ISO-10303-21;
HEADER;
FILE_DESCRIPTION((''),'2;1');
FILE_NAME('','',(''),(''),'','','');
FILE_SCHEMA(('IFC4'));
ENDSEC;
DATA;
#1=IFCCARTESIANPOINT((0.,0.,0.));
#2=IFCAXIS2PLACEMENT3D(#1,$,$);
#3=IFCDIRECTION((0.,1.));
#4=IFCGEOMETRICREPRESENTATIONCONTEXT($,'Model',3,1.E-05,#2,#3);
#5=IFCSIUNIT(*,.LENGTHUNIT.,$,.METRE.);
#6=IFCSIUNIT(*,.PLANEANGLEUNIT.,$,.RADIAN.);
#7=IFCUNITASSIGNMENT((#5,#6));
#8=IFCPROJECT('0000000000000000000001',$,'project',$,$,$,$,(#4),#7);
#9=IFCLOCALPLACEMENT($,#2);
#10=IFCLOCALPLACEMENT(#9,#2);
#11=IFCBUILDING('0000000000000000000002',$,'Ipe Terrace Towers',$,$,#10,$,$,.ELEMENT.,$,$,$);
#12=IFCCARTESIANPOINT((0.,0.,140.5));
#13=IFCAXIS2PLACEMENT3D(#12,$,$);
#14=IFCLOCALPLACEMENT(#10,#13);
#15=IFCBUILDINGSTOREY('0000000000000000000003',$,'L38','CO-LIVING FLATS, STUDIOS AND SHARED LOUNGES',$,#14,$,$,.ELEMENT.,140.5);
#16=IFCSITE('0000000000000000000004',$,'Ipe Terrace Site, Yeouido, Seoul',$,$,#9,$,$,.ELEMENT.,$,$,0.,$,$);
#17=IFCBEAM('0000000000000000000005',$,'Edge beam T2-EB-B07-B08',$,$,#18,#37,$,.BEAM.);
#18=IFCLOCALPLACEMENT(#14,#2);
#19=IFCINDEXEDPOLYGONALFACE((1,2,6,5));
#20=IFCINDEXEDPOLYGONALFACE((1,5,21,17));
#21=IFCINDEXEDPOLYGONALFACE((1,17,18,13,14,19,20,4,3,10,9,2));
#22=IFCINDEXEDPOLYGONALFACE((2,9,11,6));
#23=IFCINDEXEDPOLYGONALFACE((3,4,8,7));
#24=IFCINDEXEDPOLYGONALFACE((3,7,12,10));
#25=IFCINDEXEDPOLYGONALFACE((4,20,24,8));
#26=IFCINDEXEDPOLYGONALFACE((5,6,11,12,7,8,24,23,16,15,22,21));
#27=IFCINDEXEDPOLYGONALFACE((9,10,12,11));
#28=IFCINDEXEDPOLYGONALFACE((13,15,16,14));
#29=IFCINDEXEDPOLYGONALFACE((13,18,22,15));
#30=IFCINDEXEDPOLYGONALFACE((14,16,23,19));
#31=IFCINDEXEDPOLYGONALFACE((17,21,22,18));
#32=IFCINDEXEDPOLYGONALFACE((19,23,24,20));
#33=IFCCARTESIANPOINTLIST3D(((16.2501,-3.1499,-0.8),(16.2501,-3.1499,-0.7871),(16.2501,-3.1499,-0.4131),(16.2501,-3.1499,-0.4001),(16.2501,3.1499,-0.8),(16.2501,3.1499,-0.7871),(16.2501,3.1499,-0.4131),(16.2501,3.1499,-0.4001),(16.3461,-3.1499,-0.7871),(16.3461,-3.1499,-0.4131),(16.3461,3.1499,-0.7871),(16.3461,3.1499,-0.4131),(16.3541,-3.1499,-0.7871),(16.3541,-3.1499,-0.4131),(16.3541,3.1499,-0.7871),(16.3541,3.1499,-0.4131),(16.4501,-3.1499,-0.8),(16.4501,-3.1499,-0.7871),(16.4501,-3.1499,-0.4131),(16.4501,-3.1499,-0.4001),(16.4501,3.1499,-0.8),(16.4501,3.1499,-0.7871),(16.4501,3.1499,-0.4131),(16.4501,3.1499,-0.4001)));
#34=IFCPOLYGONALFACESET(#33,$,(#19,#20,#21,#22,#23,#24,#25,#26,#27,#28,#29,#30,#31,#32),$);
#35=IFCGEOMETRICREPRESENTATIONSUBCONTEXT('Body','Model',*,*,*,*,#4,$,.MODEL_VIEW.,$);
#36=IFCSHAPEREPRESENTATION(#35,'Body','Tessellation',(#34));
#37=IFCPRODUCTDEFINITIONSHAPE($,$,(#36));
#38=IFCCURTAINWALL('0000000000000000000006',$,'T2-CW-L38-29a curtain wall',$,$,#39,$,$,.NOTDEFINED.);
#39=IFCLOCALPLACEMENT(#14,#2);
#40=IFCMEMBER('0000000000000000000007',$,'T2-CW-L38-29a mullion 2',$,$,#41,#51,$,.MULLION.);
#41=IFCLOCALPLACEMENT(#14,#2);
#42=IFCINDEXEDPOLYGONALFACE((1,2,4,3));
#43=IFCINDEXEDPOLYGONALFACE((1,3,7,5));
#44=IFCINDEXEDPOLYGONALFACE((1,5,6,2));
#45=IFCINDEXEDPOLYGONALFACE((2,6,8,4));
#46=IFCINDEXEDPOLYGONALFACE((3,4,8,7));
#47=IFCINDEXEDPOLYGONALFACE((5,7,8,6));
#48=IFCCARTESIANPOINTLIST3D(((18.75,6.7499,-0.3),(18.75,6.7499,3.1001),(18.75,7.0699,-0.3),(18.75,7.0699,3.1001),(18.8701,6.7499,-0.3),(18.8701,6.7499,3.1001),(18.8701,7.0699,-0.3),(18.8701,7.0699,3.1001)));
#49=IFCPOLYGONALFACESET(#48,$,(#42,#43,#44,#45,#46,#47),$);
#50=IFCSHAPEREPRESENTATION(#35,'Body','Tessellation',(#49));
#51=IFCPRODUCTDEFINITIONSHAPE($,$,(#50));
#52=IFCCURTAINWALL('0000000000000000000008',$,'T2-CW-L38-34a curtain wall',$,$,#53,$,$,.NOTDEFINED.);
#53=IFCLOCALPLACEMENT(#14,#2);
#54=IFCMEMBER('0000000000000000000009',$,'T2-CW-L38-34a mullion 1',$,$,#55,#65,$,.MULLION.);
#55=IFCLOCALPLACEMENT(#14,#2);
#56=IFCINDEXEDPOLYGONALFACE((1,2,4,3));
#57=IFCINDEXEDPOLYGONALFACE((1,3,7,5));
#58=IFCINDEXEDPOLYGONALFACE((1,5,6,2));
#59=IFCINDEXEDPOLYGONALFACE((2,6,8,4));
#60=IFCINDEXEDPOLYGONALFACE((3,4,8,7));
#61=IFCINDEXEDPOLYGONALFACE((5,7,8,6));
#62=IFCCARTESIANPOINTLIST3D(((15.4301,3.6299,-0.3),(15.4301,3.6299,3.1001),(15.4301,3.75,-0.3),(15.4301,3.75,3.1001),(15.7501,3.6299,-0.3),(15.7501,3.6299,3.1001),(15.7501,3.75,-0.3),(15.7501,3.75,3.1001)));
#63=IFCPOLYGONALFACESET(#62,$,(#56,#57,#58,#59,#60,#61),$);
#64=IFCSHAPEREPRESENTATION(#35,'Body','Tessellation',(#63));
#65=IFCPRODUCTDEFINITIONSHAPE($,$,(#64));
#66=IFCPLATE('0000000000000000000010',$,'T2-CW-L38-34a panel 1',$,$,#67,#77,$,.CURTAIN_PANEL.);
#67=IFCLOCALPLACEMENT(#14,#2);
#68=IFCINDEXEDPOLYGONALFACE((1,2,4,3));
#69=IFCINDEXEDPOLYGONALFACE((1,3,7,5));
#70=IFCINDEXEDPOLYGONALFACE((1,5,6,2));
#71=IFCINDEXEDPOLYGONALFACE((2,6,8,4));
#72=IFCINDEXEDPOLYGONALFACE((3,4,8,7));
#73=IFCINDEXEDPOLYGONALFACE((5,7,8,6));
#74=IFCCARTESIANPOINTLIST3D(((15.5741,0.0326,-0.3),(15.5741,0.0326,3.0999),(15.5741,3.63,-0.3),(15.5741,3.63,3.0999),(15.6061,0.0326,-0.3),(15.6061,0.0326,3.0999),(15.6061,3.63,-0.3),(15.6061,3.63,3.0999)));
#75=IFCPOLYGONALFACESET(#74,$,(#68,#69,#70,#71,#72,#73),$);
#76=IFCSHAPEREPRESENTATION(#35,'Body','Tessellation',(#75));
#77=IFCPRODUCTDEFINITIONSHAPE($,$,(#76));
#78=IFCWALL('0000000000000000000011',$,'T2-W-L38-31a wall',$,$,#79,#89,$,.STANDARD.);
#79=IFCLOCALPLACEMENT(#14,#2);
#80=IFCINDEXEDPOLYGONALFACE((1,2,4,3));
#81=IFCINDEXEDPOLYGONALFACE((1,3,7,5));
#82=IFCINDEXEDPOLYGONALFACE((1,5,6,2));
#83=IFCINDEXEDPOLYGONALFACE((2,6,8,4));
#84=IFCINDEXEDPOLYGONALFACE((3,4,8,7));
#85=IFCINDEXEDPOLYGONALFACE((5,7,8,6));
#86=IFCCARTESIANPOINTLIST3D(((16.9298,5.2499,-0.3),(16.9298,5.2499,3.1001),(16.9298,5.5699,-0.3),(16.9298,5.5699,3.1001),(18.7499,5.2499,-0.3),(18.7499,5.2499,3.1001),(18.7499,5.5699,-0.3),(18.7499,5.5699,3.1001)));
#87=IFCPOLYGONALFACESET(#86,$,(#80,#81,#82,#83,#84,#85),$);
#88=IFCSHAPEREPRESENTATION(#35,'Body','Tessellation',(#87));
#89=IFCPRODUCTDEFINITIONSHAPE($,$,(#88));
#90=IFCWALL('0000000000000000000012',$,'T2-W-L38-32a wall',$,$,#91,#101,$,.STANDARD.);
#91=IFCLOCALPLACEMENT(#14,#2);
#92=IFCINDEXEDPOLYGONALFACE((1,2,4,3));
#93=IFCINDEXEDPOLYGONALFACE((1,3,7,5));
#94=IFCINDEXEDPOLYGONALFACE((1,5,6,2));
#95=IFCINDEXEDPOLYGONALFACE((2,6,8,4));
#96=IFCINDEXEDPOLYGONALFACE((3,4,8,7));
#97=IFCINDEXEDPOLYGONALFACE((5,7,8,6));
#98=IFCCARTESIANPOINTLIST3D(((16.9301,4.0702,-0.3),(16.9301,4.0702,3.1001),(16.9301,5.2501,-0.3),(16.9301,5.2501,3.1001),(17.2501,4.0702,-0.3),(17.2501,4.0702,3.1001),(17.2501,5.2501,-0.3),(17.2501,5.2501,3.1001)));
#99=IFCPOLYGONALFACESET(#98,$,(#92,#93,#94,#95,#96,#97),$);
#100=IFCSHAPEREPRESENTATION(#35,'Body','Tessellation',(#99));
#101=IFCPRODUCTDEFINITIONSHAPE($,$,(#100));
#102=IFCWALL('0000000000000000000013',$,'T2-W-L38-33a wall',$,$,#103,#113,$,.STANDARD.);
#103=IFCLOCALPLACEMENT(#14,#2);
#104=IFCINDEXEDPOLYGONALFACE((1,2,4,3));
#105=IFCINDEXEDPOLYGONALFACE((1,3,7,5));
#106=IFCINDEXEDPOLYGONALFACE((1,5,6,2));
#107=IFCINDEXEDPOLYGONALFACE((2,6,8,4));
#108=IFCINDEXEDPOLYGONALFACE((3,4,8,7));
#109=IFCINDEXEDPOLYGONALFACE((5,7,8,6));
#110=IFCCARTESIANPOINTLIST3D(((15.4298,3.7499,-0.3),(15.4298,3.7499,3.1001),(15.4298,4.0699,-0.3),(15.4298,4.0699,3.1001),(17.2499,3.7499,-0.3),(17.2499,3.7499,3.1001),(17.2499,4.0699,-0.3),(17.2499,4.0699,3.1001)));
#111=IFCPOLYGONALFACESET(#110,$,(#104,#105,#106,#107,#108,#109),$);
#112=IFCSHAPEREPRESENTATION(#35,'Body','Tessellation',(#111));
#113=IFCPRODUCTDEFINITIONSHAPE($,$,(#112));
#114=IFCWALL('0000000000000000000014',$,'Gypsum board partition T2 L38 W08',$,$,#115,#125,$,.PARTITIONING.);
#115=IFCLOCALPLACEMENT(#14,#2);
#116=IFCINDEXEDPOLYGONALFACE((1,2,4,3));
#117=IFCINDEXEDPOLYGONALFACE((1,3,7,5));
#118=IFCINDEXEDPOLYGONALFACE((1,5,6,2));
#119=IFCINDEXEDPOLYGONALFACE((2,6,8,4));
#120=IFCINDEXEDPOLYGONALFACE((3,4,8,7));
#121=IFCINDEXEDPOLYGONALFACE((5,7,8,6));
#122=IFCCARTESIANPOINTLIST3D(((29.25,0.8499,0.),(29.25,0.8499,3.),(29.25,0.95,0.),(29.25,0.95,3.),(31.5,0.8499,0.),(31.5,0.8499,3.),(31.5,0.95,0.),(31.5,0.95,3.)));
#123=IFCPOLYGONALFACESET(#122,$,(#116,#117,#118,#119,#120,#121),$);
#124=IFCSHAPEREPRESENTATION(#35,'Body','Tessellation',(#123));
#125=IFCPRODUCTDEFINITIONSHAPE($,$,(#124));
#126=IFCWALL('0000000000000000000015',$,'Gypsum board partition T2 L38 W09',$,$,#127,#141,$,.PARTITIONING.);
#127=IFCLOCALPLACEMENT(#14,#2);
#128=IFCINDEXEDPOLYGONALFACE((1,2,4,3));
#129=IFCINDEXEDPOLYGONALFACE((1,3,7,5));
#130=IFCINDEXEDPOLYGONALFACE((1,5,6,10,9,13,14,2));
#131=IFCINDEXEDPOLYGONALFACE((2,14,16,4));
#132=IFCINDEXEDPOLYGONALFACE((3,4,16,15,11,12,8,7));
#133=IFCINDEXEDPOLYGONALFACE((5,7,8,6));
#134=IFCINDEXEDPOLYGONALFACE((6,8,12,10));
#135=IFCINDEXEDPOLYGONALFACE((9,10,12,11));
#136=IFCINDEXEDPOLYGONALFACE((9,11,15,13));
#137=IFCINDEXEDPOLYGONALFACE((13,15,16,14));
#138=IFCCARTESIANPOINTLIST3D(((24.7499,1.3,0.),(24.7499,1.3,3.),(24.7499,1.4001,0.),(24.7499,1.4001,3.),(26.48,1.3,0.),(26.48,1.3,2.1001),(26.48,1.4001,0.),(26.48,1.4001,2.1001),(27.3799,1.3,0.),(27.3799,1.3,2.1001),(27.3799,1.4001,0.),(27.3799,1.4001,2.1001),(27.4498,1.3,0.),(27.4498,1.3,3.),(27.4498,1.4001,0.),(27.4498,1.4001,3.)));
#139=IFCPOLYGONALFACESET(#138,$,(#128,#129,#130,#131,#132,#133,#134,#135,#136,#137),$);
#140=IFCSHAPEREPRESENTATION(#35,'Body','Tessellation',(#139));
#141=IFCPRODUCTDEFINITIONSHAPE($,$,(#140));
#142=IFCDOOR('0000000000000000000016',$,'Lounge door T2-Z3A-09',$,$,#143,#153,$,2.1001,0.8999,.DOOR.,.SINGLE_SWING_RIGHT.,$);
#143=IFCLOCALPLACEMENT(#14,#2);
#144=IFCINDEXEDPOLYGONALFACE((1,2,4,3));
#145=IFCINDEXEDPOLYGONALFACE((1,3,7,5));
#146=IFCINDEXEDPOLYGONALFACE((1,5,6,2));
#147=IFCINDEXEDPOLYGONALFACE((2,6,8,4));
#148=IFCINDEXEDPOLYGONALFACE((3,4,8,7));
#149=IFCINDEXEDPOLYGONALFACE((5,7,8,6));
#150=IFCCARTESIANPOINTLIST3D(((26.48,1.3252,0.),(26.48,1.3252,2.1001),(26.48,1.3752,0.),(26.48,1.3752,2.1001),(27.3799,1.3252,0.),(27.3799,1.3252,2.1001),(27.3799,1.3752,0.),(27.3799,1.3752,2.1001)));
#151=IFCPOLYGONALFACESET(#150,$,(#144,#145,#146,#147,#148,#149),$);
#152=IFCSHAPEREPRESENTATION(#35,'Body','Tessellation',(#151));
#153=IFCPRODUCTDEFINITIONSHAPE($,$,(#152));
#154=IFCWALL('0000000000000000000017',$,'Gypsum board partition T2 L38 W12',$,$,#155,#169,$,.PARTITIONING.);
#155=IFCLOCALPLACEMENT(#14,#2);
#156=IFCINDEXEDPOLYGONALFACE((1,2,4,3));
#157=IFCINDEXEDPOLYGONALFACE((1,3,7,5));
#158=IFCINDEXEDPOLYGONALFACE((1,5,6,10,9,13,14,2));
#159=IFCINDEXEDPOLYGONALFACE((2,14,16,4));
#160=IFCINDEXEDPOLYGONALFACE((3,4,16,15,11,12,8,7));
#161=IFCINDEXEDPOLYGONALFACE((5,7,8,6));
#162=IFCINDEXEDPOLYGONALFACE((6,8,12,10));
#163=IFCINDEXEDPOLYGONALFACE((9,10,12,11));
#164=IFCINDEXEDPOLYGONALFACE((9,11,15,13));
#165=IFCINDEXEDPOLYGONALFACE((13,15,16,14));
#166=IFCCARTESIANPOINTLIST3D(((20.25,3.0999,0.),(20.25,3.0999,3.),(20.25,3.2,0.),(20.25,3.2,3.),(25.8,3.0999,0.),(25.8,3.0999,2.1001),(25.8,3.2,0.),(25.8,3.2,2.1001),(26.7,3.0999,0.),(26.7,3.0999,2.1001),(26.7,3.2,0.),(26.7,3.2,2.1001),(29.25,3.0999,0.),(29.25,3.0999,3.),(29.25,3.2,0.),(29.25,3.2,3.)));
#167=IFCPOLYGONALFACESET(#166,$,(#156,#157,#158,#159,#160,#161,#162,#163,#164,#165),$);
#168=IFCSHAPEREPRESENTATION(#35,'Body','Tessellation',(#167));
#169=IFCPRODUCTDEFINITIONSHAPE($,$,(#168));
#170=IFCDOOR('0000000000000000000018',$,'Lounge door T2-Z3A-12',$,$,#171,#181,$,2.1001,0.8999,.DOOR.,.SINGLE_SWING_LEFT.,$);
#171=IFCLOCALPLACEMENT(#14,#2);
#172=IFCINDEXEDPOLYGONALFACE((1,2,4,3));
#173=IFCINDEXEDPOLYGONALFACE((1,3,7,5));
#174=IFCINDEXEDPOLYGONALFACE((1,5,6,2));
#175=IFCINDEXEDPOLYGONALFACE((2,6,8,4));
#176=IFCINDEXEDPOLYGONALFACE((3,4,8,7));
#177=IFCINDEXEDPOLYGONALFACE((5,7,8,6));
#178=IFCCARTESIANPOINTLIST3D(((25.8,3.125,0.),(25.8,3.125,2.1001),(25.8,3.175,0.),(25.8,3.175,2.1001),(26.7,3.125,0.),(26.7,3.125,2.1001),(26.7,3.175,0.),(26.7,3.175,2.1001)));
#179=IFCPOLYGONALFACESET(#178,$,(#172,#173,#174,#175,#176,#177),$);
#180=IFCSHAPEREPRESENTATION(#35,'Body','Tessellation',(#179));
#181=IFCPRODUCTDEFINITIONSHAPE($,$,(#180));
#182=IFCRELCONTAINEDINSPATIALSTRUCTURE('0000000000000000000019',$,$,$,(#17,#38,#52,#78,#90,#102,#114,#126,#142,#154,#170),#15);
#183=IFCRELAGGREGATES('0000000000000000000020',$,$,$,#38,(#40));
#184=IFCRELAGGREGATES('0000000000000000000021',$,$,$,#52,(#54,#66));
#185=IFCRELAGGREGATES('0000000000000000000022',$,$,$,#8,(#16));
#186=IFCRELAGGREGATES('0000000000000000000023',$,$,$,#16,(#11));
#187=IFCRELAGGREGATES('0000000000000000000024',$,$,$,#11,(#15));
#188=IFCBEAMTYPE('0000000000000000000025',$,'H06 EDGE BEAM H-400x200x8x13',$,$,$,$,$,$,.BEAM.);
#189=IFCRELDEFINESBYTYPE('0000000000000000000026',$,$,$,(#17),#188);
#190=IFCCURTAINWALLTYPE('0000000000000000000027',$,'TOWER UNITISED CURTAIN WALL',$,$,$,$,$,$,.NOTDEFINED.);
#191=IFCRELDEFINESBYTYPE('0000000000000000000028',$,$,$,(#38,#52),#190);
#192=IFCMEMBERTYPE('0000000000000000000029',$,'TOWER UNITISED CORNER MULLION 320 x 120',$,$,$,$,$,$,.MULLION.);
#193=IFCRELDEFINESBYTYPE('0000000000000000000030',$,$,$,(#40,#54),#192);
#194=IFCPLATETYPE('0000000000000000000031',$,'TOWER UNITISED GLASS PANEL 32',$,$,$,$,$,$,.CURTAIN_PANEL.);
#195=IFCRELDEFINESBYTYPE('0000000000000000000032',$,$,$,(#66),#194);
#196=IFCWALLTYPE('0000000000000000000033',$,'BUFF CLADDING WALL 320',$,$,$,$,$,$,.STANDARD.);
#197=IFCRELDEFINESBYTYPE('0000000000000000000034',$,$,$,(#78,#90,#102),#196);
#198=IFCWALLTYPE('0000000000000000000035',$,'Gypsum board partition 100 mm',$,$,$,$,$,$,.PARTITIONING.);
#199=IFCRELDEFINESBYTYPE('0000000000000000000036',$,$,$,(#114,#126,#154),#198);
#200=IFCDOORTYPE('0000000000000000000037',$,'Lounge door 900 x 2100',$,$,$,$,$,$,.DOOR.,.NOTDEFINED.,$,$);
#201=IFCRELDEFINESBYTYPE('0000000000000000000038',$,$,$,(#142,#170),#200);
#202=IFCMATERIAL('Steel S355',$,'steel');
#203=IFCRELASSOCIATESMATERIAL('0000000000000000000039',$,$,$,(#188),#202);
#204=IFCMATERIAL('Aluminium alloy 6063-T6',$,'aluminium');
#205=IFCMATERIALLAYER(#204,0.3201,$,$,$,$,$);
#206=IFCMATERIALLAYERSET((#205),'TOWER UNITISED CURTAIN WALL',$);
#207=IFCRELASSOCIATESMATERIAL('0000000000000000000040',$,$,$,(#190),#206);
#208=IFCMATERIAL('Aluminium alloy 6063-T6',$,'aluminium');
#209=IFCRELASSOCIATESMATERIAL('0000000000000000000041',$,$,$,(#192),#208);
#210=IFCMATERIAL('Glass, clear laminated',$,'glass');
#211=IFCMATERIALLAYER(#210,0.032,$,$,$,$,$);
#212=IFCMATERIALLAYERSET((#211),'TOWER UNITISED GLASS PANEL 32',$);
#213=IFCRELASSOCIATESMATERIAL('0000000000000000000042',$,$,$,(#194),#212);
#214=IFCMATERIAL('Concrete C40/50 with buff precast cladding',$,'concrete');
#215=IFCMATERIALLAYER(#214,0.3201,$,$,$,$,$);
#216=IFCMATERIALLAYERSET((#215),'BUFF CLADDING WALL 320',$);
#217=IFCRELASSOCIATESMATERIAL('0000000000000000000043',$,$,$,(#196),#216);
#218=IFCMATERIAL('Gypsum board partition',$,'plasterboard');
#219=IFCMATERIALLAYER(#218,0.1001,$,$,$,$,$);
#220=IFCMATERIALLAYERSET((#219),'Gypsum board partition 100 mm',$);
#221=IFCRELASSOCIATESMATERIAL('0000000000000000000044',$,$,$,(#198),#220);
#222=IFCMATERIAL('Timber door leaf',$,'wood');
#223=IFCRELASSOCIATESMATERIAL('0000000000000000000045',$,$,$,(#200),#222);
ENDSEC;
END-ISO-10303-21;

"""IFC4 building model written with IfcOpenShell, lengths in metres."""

from ifc_helpers import new_model, si_unit, direction, frame, frame_2d, origin, origin_2d, place, context, subcontext, project, spatial, rectangle, i_section, extrude, material, layer, layer_set, material_profile, profile_set, type_object, element, fill, aggregate, save


model = new_model("IFC4")

# Units and contexts
model_context = context("Model", 3, precision=1e-05, world=origin(), true_north=direction((0.0, 1.0)))
body_context = subcontext(model_context, "Body", "Model", "MODEL_VIEW")
ifc_project = project(units=[si_unit("LENGTHUNIT", "METRE"), si_unit("PLANEANGLEUNIT", "RADIAN")], contexts=[model_context])

# Site, building, storey
site_placement = place(None, origin())
site = spatial("IfcSite", under=ifc_project, at=site_placement, Name="Ipe Terrace Site, Yeouido, Seoul", CompositionType="ELEMENT", RefElevation=0.0)
building_placement = place(site_placement, origin())
building = spatial("IfcBuilding", under=site, at=building_placement, Name="Ipe Terrace Towers", CompositionType="ELEMENT")
storey_placement = place(building_placement, frame((0.0, 0.0, 140.5)))
storey = spatial("IfcBuildingStorey", under=building, at=storey_placement, Name="L38", Description="CO-LIVING FLATS, STUDIOS AND SHARED LOUNGES", CompositionType="ELEMENT", Elevation=140.5)

# Beam
ifc_material_1 = material(Name="Steel S355", Category="steel")
ifc_material_profile_1 = material_profile(ifc_material_1, i_section(OverallWidth=0.2, OverallDepth=0.3999, WebThickness=0.0081, FlangeThickness=0.0129, at=origin_2d()), Name="H-400x200x8x13")
ifc_profile_set_1 = profile_set([ifc_material_profile_1], Name="Steel S355")
beam_type_1 = type_object("IfcBeamType", Name="H06 EDGE BEAM H-400x200x8x13", PredefinedType="BEAM", material=ifc_profile_set_1)
beam_1_placement = place(storey_placement, frame((16.3501, 3.1499, -0.6001), z_axis=(0.0, -1.0, 0.0), x_axis=(1.0, 0.0, 0.0)))
element("IfcBeam", 1, at=beam_1_placement, inside=storey, type_object=beam_type_1, Name="Edge beam T2-EB-B07-B08", PredefinedType="BEAM", context=body_context, shape_type="SweptSolid", body=[
    extrude(i_section(OverallWidth=0.2, OverallDepth=0.3999, WebThickness=0.0081, FlangeThickness=0.0129, at=origin_2d()), origin(), (0.0, 0.0, 1.0), 6.2998),
])

# Curtain wall, member
ifc_material_2 = material(Name="Aluminium alloy 6063-T6", Category="aluminium")
ifc_layer_1 = layer(ifc_material_2, 0.3201)
ifc_layer_set_1 = layer_set([ifc_layer_1], Name="TOWER UNITISED CURTAIN WALL")
curtain_wall_type = type_object("IfcCurtainWallType", Name="TOWER UNITISED CURTAIN WALL", PredefinedType="NOTDEFINED", material=ifc_layer_set_1)
curtain_wall_1_placement = place(storey_placement, origin())
curtain_wall_1 = element("IfcCurtainWall", 2, at=curtain_wall_1_placement, inside=storey, type_object=curtain_wall_type, Name="T2-CW-L38-29a curtain wall", PredefinedType="NOTDEFINED")
ifc_material_3 = material(Name="Aluminium alloy 6063-T6", Category="aluminium")
ifc_material_profile_2 = material_profile(ifc_material_3, rectangle(XDim=0.3201, YDim=0.1201, at=origin_2d()), Name="TOWER UNITISED CORNER MULLION 320 x 120")
ifc_profile_set_2 = profile_set([ifc_material_profile_2], Name="Aluminium alloy 6063-T6")
member_type = type_object("IfcMemberType", Name="TOWER UNITISED CORNER MULLION 320 x 120", PredefinedType="MULLION", material=ifc_profile_set_2)
member_1_placement = place(storey_placement, frame((18.8101, 6.9099, -0.3), z_axis=(0.0, 0.0, 1.0), x_axis=(0.0, 1.0, 0.0)))
member_1 = element("IfcMember", 3, at=member_1_placement, type_object=member_type, Name="T2-CW-L38-29a mullion 2", PredefinedType="MULLION", context=body_context, shape_type="SweptSolid", body=[
    extrude(rectangle(XDim=0.3201, YDim=0.1201, at=origin_2d()), origin(), (0.0, 0.0, 1.0), 3.4001),
])
aggregate(curtain_wall_1, [member_1])

# Curtain wall, member, plate
curtain_wall_2_placement = place(storey_placement, origin())
curtain_wall_2 = element("IfcCurtainWall", 4, at=curtain_wall_2_placement, inside=storey, type_object=curtain_wall_type, Name="T2-CW-L38-34a curtain wall", PredefinedType="NOTDEFINED")
member_2_placement = place(storey_placement, frame((15.5901, 3.6899, -0.3), z_axis=(0.0, 0.0, 1.0), x_axis=(-1.0, 0.0, 0.0)))
member_2 = element("IfcMember", 5, at=member_2_placement, type_object=member_type, Name="T2-CW-L38-34a mullion 1", PredefinedType="MULLION", context=body_context, shape_type="SweptSolid", body=[
    extrude(rectangle(XDim=0.3201, YDim=0.1201, at=origin_2d()), origin(), (0.0, 0.0, 1.0), 3.4001),
])
ifc_material_4 = material(Name="Glass, clear laminated", Category="glass")
ifc_layer_2 = layer(ifc_material_4, 0.032)
ifc_layer_set_2 = layer_set([ifc_layer_2], Name="TOWER UNITISED GLASS PANEL 32")
plate_type = type_object("IfcPlateType", Name="TOWER UNITISED GLASS PANEL 32", PredefinedType="CURTAIN_PANEL", material=ifc_layer_set_2)
plate_placement = place(storey_placement, frame((15.5901, 1.8313, -0.3), z_axis=(0.0, 0.0, 1.0), x_axis=(0.0, -1.0, 0.0)))
plate = element("IfcPlate", 6, at=plate_placement, type_object=plate_type, Name="T2-CW-L38-34a panel 1", PredefinedType="CURTAIN_PANEL", context=body_context, shape_type="SweptSolid", body=[
    extrude(rectangle(XDim=3.5974, YDim=0.032, at=origin_2d()), origin(), (0.0, 0.0, 1.0), 3.3999),
])
aggregate(curtain_wall_2, [member_2, plate])

# Walls
ifc_material_5 = material(Name="Concrete C40/50 with buff precast cladding", Category="concrete")
ifc_layer_3 = layer(ifc_material_5, 0.3201)
ifc_layer_set_3 = layer_set([ifc_layer_3], Name="BUFF CLADDING WALL 320")
wall_type_1 = type_object("IfcWallType", Name="BUFF CLADDING WALL 320", PredefinedType="STANDARD", material=ifc_layer_set_3)
wall_1_placement = place(storey_placement, frame((18.75, 5.4099, -0.3), z_axis=(0.0, 0.0, 1.0), x_axis=(-1.0, 0.0, 0.0)))
element("IfcWall", 7, at=wall_1_placement, inside=storey, type_object=wall_type_1, Name="T2-W-L38-31a wall", PredefinedType="STANDARD", context=body_context, shape_type="SweptSolid", body=[
    extrude(rectangle(XDim=1.8201, YDim=0.3201, at=frame_2d((0.9102, 0.0))), origin(), (0.0, 0.0, 1.0), 3.4001),
])
wall_2_placement = place(storey_placement, frame((17.0901, 5.25, -0.3), z_axis=(0.0, 0.0, 1.0), x_axis=(0.0, -1.0, 0.0)))
element("IfcWall", 8, at=wall_2_placement, inside=storey, type_object=wall_type_1, Name="T2-W-L38-32a wall", PredefinedType="STANDARD", context=body_context, shape_type="SweptSolid", body=[
    extrude(rectangle(XDim=1.1799, YDim=0.3201, at=frame_2d((0.5898, 0.0))), origin(), (0.0, 0.0, 1.0), 3.4001),
])
wall_3_placement = place(storey_placement, frame((17.25, 3.9099, -0.3), z_axis=(0.0, 0.0, 1.0), x_axis=(-1.0, 0.0, 0.0)))
element("IfcWall", 9, at=wall_3_placement, inside=storey, type_object=wall_type_1, Name="T2-W-L38-33a wall", PredefinedType="STANDARD", context=body_context, shape_type="SweptSolid", body=[
    extrude(rectangle(XDim=1.8201, YDim=0.3201, at=frame_2d((0.9102, 0.0))), origin(), (0.0, 0.0, 1.0), 3.4001),
])
ifc_material_6 = material(Name="Gypsum board partition", Category="plasterboard")
ifc_layer_4 = layer(ifc_material_6, 0.1001)
ifc_layer_set_4 = layer_set([ifc_layer_4], Name="Gypsum board partition 100 mm")
wall_type_2 = type_object("IfcWallType", Name="Gypsum board partition 100 mm", PredefinedType="PARTITIONING", material=ifc_layer_set_4)
wall_4_placement = place(storey_placement, frame((31.5, 0.8999, 0.0), z_axis=(0.0, 0.0, 1.0), x_axis=(-1.0, 0.0, 0.0)))
element("IfcWall", 10, at=wall_4_placement, inside=storey, type_object=wall_type_2, Name="Gypsum board partition T2 L38 W08", PredefinedType="PARTITIONING", context=body_context, shape_type="SweptSolid", body=[
    extrude(rectangle(XDim=2.25, YDim=0.1001, at=frame_2d((1.125, 0.0))), origin(), (0.0, 0.0, 1.0), 3.0),
])

# Walls, openings, doors
wall_5_placement = place(storey_placement, frame((27.45, 1.3501, 0.0), z_axis=(0.0, 0.0, 1.0), x_axis=(-1.0, 0.0, 0.0)))
wall_5 = element("IfcWall", 11, at=wall_5_placement, inside=storey, type_object=wall_type_2, Name="Gypsum board partition T2 L38 W09", PredefinedType="PARTITIONING", context=body_context, shape_type="SweptSolid", body=[
    extrude(rectangle(XDim=2.7, YDim=0.1001, at=frame_2d((1.3501, 0.0))), origin(), (0.0, 0.0, 1.0), 3.0),
])
opening_1_placement = place(wall_5_placement, frame((0.0701, 0.0, 0.0)))
opening_1 = element("IfcOpeningElement", 12, at=opening_1_placement, cuts=wall_5, PredefinedType="OPENING", context=body_context, shape_type="SweptSolid", body=[
    extrude(rectangle(XDim=0.8999, YDim=2.1001, at=frame_2d((0.45, 1.05))), frame((0.0, 0.0601, 0.0), z_axis=(0.0, -1.0, 0.0), x_axis=(1.0, 0.0, 0.0)), (0.0, 0.0, 1.0), 0.1201),
])
ifc_material_7 = material(Name="Timber door leaf", Category="wood")
door_type_1 = type_object("IfcDoorType", Name="Lounge door 900 x 2100", OperationType="NOTDEFINED", PredefinedType="DOOR", material=ifc_material_7)
door_1_placement = place(opening_1_placement, origin())
door_1 = element("IfcDoor", 13, at=door_1_placement, inside=storey, type_object=door_type_1, Name="Lounge door T2-Z3A-09", OperationType="SINGLE_SWING_RIGHT", OverallHeight=2.1001, OverallWidth=0.8999, PredefinedType="DOOR", context=body_context, shape_type="SweptSolid", body=[
    extrude(rectangle(XDim=0.8999, YDim=2.1001, at=frame_2d((0.45, 1.05))), frame((0.0, 0.0249, 0.0), z_axis=(0.0, -1.0, 0.0), x_axis=(1.0, 0.0, 0.0)), (0.0, 0.0, 1.0), 0.05),
])
fill(opening_1, door_1)
wall_6_placement = place(storey_placement, frame((29.25, 3.1499, 0.0), z_axis=(0.0, 0.0, 1.0), x_axis=(-1.0, 0.0, 0.0)))
wall_6 = element("IfcWall", 14, at=wall_6_placement, inside=storey, type_object=wall_type_2, Name="Gypsum board partition T2 L38 W12", PredefinedType="PARTITIONING", context=body_context, shape_type="SweptSolid", body=[
    extrude(rectangle(XDim=9.0, YDim=0.1001, at=frame_2d((4.5, 0.0))), origin(), (0.0, 0.0, 1.0), 3.0),
])
opening_2_placement = place(wall_6_placement, frame((2.55, 0.0, 0.0)))
opening_2 = element("IfcOpeningElement", 15, at=opening_2_placement, cuts=wall_6, PredefinedType="OPENING", context=body_context, shape_type="SweptSolid", body=[
    extrude(rectangle(XDim=0.8999, YDim=2.1001, at=frame_2d((0.45, 1.05))), frame((0.0, 0.0601, 0.0), z_axis=(0.0, -1.0, 0.0), x_axis=(1.0, 0.0, 0.0)), (0.0, 0.0, 1.0), 0.1201),
])
door_2_placement = place(opening_2_placement, origin())
door_2 = element("IfcDoor", 16, at=door_2_placement, inside=storey, type_object=door_type_1, Name="Lounge door T2-Z3A-12", OperationType="SINGLE_SWING_LEFT", OverallHeight=2.1001, OverallWidth=0.8999, PredefinedType="DOOR", context=body_context, shape_type="SweptSolid", body=[
    extrude(rectangle(XDim=0.8999, YDim=2.1001, at=frame_2d((0.45, 1.05))), frame((0.0, 0.0249, 0.0), z_axis=(0.0, -1.0, 0.0), x_axis=(1.0, 0.0, 0.0)), (0.0, 0.0, 1.0), 0.05),
])
fill(opening_2, door_2)

save(model, "model.ifc")
